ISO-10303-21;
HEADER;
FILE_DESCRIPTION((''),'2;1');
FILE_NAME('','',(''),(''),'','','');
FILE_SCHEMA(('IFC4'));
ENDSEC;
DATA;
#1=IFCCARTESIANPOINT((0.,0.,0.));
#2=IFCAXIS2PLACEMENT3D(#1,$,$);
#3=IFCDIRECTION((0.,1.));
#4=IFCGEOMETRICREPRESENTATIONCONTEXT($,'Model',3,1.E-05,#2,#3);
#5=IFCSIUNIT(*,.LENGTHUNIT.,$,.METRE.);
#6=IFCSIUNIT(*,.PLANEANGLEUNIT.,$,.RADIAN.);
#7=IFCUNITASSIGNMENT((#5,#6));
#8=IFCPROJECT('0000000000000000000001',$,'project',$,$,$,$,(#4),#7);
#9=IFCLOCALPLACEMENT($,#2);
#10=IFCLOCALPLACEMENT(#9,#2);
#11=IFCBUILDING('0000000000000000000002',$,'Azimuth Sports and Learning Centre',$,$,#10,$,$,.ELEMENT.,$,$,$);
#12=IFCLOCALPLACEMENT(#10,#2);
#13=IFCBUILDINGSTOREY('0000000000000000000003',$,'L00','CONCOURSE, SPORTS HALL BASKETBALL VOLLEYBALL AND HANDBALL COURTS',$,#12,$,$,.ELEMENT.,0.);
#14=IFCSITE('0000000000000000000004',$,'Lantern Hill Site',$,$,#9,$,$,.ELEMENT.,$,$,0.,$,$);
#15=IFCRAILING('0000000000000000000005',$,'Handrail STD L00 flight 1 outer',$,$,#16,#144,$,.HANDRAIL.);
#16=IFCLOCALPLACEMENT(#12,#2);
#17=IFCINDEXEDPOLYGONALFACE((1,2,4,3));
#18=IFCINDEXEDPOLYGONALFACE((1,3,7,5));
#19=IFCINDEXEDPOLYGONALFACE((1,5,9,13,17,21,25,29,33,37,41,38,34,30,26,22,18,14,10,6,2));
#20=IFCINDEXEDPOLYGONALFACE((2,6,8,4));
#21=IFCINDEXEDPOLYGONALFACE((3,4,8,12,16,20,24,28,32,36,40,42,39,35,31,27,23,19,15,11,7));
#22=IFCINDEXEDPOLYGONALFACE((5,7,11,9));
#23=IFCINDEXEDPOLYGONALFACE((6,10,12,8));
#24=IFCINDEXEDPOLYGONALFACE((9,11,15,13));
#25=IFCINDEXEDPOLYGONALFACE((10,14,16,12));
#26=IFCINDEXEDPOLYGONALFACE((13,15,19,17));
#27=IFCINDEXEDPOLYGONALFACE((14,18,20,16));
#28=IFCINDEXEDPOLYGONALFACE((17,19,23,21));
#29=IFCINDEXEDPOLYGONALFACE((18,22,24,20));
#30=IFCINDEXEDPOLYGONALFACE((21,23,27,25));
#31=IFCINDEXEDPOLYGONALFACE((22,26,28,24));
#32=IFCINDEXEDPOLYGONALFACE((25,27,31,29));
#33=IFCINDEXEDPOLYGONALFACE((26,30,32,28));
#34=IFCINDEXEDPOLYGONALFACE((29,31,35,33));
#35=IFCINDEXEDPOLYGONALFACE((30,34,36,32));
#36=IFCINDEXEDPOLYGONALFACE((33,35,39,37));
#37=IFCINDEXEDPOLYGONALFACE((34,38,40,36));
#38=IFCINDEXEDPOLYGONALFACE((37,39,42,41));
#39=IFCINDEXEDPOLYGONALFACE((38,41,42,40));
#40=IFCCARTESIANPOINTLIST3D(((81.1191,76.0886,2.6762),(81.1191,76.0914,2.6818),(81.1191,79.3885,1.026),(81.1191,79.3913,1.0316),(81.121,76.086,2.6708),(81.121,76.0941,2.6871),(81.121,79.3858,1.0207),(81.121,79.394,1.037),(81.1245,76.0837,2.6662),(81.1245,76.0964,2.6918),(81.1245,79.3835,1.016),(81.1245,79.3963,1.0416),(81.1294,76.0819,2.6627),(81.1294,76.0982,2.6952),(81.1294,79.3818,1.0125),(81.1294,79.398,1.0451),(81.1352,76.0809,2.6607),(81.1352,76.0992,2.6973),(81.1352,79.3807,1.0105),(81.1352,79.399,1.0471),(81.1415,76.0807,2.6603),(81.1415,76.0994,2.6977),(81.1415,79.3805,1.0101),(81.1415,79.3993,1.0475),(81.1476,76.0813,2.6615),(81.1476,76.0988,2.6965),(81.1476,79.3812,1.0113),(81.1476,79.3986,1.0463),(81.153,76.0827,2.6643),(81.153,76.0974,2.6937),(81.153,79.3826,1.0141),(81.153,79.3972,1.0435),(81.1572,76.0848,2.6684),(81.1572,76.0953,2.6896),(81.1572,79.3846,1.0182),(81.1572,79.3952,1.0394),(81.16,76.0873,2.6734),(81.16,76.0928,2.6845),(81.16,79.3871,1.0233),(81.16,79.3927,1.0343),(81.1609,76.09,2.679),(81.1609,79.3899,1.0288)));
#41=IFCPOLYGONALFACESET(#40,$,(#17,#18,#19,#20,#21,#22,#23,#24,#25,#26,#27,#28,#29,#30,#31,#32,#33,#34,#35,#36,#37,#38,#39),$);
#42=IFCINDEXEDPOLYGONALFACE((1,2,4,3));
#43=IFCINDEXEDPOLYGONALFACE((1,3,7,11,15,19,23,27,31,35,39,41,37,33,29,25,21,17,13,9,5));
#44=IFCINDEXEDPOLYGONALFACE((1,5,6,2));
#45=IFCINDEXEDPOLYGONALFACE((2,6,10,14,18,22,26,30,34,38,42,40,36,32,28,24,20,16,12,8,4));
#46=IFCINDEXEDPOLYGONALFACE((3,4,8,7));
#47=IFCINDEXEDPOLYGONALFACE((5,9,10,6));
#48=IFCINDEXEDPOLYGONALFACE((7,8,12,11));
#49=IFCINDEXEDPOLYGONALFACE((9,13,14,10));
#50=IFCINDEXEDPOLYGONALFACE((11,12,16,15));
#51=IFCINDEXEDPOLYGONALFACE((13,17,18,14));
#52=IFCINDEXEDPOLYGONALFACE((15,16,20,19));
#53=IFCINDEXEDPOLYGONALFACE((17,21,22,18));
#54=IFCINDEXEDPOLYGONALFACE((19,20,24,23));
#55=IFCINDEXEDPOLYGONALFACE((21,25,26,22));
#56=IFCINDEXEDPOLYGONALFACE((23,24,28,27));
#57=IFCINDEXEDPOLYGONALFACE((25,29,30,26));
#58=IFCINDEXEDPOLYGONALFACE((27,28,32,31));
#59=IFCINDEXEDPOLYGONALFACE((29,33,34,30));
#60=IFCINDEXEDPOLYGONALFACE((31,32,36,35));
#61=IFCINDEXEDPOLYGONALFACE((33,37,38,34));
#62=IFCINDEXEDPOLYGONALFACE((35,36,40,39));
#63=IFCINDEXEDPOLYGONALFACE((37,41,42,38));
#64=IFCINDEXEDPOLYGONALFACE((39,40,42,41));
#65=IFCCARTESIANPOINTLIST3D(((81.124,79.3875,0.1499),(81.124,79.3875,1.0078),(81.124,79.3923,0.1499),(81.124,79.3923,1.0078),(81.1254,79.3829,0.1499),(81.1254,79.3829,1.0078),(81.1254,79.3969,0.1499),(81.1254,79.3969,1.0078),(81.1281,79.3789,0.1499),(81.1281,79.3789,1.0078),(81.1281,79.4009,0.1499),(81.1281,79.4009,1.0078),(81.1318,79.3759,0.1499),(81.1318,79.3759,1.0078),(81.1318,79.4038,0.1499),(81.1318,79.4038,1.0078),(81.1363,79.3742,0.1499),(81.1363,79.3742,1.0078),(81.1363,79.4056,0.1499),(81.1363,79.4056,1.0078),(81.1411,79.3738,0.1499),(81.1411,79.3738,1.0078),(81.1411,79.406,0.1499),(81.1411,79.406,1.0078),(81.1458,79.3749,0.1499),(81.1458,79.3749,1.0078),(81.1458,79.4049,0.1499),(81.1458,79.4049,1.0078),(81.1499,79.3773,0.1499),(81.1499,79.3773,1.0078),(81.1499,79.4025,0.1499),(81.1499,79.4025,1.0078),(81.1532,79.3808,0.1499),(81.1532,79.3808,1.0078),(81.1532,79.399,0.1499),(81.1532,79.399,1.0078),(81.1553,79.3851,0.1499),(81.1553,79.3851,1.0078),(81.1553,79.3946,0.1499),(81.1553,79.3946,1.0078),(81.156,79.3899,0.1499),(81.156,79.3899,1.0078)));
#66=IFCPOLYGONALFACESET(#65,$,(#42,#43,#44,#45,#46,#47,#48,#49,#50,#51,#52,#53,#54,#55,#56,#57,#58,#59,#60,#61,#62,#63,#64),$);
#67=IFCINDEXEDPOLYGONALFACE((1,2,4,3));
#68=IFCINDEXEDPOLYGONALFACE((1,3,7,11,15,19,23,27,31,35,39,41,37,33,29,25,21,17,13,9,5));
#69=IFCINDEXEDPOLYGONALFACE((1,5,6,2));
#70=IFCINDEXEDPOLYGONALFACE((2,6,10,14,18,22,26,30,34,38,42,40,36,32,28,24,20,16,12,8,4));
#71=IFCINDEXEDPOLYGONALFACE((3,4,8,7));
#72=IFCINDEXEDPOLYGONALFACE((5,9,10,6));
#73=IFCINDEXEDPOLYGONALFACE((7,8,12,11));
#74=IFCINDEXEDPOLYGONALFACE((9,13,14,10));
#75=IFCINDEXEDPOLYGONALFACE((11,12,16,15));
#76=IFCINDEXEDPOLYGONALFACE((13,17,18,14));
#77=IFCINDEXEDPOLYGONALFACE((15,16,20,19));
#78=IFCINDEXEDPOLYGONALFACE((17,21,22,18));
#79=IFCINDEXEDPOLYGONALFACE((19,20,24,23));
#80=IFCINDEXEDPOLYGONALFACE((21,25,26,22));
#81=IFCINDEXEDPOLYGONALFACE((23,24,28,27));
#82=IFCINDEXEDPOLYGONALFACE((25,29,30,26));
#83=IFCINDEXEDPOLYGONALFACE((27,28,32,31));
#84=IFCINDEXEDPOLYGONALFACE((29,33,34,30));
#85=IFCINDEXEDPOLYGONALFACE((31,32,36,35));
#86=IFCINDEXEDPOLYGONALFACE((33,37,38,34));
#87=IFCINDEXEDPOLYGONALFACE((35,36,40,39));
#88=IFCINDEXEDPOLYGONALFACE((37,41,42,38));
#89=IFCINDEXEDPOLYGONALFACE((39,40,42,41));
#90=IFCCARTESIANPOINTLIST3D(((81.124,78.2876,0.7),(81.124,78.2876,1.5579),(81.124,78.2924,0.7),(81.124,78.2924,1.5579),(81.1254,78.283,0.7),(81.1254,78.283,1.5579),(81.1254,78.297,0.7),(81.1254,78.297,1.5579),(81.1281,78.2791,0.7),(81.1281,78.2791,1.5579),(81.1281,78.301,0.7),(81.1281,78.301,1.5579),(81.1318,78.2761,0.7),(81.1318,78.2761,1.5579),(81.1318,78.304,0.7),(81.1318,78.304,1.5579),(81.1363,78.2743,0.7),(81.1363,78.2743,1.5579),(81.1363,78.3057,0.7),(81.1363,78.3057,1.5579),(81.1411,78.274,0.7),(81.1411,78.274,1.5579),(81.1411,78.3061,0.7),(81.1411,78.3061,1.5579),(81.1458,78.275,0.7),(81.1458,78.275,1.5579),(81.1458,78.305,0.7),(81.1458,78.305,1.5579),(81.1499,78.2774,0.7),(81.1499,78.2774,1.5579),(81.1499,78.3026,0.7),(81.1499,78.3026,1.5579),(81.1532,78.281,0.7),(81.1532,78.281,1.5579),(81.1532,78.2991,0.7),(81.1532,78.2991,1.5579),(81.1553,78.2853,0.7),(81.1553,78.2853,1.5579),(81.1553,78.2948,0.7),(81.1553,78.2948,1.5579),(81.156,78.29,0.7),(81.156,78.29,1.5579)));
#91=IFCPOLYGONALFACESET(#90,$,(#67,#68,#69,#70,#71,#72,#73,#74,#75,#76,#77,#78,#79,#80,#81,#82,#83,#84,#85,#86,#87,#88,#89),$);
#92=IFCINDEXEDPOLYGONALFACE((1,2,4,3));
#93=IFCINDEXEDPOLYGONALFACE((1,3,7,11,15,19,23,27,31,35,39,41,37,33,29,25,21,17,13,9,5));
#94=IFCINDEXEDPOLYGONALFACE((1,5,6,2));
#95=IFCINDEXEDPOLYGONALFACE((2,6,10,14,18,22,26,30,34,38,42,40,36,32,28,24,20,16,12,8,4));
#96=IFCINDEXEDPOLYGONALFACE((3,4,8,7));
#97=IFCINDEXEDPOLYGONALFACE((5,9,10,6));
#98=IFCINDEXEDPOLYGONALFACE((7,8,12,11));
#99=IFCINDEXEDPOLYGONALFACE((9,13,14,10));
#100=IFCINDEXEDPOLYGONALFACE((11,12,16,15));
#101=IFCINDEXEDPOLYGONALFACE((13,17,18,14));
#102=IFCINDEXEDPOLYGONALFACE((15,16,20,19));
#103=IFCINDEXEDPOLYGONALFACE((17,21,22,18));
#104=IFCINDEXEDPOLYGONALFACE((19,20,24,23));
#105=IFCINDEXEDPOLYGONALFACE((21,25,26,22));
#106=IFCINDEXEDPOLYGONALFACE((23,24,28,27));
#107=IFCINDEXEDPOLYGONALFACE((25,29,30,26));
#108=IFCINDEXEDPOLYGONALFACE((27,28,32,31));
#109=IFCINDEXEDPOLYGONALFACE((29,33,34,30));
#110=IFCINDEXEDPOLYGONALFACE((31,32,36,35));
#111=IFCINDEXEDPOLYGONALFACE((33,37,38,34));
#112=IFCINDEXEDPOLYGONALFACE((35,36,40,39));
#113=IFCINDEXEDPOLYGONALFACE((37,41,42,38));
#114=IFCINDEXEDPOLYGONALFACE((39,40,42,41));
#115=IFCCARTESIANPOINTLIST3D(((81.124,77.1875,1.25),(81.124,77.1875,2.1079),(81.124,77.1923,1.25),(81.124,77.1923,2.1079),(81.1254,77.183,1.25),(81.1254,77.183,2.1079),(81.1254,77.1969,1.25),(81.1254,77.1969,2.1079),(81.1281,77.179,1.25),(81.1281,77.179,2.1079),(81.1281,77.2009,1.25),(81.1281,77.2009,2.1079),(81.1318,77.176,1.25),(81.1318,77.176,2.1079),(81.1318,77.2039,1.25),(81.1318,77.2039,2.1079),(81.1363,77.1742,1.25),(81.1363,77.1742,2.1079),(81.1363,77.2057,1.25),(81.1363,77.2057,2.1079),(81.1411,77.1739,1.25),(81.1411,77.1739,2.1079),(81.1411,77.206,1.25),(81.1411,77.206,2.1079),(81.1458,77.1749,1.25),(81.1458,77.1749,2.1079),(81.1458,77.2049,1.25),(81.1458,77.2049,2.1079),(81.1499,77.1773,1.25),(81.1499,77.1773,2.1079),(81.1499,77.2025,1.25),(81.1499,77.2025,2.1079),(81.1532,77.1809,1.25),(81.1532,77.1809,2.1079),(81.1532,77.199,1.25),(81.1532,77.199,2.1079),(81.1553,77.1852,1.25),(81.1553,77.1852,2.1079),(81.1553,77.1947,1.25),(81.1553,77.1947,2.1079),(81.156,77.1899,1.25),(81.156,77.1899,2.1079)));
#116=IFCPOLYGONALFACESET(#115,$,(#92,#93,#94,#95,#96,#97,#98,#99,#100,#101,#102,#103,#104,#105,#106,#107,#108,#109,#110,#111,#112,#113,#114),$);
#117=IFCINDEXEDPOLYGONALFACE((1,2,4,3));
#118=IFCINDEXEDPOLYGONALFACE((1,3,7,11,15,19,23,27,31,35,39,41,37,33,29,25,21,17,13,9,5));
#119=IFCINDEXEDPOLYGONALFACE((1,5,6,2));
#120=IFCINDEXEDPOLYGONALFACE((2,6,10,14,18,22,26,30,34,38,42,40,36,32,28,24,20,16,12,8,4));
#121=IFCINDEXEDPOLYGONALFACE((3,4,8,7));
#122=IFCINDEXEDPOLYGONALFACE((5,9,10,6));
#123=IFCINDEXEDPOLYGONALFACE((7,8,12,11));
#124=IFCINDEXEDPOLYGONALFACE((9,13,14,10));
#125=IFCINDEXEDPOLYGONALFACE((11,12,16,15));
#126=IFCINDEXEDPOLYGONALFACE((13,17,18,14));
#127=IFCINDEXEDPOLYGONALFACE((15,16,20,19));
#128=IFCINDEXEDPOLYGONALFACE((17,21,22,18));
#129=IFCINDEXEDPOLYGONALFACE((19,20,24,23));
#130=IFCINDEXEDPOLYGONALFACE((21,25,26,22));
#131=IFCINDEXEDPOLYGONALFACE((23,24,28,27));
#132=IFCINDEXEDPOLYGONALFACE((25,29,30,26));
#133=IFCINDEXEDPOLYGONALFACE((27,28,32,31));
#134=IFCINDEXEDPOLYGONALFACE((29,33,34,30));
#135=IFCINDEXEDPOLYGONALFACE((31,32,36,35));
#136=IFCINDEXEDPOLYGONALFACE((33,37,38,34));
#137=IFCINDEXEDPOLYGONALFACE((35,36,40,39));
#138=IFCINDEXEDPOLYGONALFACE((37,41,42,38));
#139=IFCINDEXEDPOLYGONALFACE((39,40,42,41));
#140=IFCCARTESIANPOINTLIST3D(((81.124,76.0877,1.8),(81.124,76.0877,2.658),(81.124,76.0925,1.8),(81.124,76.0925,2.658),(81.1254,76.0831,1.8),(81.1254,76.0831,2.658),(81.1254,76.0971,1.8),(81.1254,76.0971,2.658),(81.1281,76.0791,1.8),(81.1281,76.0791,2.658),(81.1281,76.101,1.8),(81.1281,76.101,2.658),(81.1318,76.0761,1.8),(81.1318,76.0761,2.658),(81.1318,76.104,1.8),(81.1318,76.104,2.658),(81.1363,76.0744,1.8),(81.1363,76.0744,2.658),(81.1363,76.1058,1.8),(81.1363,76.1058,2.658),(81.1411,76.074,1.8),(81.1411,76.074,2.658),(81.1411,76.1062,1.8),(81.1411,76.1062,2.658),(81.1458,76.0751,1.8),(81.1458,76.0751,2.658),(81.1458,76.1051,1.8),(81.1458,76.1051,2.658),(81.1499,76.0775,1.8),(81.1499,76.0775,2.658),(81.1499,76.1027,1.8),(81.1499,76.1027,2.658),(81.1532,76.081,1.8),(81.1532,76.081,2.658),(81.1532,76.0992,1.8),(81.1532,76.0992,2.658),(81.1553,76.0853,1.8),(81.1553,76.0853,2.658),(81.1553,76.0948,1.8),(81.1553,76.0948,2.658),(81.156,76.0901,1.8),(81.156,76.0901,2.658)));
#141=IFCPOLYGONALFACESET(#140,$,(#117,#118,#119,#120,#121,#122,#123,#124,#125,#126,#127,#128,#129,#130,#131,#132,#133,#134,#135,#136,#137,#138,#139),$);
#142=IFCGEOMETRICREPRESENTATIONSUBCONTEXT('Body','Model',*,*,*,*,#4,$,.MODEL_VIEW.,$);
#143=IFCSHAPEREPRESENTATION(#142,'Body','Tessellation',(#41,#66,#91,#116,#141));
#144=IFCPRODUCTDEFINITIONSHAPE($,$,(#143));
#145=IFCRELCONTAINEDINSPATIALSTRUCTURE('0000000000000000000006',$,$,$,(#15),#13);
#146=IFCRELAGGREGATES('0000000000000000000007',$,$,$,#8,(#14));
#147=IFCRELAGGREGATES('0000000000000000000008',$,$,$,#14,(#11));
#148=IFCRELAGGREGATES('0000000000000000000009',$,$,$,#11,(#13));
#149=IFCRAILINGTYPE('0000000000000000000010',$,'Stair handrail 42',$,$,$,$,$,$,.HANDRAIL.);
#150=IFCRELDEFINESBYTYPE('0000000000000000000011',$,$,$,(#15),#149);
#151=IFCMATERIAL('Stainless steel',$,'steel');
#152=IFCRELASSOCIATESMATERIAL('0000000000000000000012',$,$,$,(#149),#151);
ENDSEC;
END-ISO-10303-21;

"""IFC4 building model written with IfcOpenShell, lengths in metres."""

from ifc_helpers import new_model, si_unit, direction, frame, origin, origin_2d, place, context, subcontext, project, spatial, circle, extrude, material, type_object, element, save


model = new_model("IFC4")

# Units and contexts
model_context = context("Model", 3, precision=1e-05, world=origin(), true_north=direction((0.0, 1.0)))
body_context = subcontext(model_context, "Body", "Model", "MODEL_VIEW")
ifc_project = project(units=[si_unit("LENGTHUNIT", "METRE"), si_unit("PLANEANGLEUNIT", "RADIAN")], contexts=[model_context])

# Site, building, storey
site_placement = place(None, origin())
site = spatial("IfcSite", under=ifc_project, at=site_placement, Name="Lantern Hill Site", CompositionType="ELEMENT", RefElevation=0.0)
building_placement = place(site_placement, origin())
building = spatial("IfcBuilding", under=site, at=building_placement, Name="Azimuth Sports and Learning Centre", CompositionType="ELEMENT")
storey_placement = place(building_placement, origin())
storey = spatial("IfcBuildingStorey", under=building, at=storey_placement, Name="L00", Description="CONCOURSE, SPORTS HALL BASKETBALL VOLLEYBALL AND HANDBALL COURTS", CompositionType="ELEMENT", Elevation=0.0)

# Railing
ifc_material_1 = material(Name="Stainless steel", Category="steel")
railing_type_1 = type_object("IfcRailingType", Name="Stair handrail 42", PredefinedType="HANDRAIL", material=ifc_material_1)
for number, where, name in (
    (1, (81.1399, 79.3899, 0.1499), "Handrail STD L00 flight 1 outer"),
):
    element("IfcRailing", number, at=place(storey_placement, frame(where)), inside=storey, type_object=railing_type_1, Name=name, PredefinedType="HANDRAIL", context=body_context, shape_type="SweptSolid", body=[
        extrude(circle(Radius=0.021, at=origin_2d()), frame((0.0, 0.0, 0.8789), z_axis=(0.0, -0.894401, 0.447267), x_axis=(1.0, 0.0, 0.0)), (0.0, 0.0, 1.0), 3.6895),
        extrude(circle(Radius=0.0161, at=origin_2d()), origin(), (0.0, 0.0, 1.0), 0.8579),
        extrude(circle(Radius=0.0161, at=origin_2d()), frame((0.0, -1.0999, 0.55)), (0.0, 0.0, 1.0), 0.8579),
        extrude(circle(Radius=0.0161, at=origin_2d()), frame((0.0, -2.2, 1.1001)), (0.0, 0.0, 1.0), 0.8579),
        extrude(circle(Radius=0.0161, at=origin_2d()), frame((0.0, -3.2998, 1.6501)), (0.0, 0.0, 1.0), 0.8579),
    ])

save(model, "model.ifc")
